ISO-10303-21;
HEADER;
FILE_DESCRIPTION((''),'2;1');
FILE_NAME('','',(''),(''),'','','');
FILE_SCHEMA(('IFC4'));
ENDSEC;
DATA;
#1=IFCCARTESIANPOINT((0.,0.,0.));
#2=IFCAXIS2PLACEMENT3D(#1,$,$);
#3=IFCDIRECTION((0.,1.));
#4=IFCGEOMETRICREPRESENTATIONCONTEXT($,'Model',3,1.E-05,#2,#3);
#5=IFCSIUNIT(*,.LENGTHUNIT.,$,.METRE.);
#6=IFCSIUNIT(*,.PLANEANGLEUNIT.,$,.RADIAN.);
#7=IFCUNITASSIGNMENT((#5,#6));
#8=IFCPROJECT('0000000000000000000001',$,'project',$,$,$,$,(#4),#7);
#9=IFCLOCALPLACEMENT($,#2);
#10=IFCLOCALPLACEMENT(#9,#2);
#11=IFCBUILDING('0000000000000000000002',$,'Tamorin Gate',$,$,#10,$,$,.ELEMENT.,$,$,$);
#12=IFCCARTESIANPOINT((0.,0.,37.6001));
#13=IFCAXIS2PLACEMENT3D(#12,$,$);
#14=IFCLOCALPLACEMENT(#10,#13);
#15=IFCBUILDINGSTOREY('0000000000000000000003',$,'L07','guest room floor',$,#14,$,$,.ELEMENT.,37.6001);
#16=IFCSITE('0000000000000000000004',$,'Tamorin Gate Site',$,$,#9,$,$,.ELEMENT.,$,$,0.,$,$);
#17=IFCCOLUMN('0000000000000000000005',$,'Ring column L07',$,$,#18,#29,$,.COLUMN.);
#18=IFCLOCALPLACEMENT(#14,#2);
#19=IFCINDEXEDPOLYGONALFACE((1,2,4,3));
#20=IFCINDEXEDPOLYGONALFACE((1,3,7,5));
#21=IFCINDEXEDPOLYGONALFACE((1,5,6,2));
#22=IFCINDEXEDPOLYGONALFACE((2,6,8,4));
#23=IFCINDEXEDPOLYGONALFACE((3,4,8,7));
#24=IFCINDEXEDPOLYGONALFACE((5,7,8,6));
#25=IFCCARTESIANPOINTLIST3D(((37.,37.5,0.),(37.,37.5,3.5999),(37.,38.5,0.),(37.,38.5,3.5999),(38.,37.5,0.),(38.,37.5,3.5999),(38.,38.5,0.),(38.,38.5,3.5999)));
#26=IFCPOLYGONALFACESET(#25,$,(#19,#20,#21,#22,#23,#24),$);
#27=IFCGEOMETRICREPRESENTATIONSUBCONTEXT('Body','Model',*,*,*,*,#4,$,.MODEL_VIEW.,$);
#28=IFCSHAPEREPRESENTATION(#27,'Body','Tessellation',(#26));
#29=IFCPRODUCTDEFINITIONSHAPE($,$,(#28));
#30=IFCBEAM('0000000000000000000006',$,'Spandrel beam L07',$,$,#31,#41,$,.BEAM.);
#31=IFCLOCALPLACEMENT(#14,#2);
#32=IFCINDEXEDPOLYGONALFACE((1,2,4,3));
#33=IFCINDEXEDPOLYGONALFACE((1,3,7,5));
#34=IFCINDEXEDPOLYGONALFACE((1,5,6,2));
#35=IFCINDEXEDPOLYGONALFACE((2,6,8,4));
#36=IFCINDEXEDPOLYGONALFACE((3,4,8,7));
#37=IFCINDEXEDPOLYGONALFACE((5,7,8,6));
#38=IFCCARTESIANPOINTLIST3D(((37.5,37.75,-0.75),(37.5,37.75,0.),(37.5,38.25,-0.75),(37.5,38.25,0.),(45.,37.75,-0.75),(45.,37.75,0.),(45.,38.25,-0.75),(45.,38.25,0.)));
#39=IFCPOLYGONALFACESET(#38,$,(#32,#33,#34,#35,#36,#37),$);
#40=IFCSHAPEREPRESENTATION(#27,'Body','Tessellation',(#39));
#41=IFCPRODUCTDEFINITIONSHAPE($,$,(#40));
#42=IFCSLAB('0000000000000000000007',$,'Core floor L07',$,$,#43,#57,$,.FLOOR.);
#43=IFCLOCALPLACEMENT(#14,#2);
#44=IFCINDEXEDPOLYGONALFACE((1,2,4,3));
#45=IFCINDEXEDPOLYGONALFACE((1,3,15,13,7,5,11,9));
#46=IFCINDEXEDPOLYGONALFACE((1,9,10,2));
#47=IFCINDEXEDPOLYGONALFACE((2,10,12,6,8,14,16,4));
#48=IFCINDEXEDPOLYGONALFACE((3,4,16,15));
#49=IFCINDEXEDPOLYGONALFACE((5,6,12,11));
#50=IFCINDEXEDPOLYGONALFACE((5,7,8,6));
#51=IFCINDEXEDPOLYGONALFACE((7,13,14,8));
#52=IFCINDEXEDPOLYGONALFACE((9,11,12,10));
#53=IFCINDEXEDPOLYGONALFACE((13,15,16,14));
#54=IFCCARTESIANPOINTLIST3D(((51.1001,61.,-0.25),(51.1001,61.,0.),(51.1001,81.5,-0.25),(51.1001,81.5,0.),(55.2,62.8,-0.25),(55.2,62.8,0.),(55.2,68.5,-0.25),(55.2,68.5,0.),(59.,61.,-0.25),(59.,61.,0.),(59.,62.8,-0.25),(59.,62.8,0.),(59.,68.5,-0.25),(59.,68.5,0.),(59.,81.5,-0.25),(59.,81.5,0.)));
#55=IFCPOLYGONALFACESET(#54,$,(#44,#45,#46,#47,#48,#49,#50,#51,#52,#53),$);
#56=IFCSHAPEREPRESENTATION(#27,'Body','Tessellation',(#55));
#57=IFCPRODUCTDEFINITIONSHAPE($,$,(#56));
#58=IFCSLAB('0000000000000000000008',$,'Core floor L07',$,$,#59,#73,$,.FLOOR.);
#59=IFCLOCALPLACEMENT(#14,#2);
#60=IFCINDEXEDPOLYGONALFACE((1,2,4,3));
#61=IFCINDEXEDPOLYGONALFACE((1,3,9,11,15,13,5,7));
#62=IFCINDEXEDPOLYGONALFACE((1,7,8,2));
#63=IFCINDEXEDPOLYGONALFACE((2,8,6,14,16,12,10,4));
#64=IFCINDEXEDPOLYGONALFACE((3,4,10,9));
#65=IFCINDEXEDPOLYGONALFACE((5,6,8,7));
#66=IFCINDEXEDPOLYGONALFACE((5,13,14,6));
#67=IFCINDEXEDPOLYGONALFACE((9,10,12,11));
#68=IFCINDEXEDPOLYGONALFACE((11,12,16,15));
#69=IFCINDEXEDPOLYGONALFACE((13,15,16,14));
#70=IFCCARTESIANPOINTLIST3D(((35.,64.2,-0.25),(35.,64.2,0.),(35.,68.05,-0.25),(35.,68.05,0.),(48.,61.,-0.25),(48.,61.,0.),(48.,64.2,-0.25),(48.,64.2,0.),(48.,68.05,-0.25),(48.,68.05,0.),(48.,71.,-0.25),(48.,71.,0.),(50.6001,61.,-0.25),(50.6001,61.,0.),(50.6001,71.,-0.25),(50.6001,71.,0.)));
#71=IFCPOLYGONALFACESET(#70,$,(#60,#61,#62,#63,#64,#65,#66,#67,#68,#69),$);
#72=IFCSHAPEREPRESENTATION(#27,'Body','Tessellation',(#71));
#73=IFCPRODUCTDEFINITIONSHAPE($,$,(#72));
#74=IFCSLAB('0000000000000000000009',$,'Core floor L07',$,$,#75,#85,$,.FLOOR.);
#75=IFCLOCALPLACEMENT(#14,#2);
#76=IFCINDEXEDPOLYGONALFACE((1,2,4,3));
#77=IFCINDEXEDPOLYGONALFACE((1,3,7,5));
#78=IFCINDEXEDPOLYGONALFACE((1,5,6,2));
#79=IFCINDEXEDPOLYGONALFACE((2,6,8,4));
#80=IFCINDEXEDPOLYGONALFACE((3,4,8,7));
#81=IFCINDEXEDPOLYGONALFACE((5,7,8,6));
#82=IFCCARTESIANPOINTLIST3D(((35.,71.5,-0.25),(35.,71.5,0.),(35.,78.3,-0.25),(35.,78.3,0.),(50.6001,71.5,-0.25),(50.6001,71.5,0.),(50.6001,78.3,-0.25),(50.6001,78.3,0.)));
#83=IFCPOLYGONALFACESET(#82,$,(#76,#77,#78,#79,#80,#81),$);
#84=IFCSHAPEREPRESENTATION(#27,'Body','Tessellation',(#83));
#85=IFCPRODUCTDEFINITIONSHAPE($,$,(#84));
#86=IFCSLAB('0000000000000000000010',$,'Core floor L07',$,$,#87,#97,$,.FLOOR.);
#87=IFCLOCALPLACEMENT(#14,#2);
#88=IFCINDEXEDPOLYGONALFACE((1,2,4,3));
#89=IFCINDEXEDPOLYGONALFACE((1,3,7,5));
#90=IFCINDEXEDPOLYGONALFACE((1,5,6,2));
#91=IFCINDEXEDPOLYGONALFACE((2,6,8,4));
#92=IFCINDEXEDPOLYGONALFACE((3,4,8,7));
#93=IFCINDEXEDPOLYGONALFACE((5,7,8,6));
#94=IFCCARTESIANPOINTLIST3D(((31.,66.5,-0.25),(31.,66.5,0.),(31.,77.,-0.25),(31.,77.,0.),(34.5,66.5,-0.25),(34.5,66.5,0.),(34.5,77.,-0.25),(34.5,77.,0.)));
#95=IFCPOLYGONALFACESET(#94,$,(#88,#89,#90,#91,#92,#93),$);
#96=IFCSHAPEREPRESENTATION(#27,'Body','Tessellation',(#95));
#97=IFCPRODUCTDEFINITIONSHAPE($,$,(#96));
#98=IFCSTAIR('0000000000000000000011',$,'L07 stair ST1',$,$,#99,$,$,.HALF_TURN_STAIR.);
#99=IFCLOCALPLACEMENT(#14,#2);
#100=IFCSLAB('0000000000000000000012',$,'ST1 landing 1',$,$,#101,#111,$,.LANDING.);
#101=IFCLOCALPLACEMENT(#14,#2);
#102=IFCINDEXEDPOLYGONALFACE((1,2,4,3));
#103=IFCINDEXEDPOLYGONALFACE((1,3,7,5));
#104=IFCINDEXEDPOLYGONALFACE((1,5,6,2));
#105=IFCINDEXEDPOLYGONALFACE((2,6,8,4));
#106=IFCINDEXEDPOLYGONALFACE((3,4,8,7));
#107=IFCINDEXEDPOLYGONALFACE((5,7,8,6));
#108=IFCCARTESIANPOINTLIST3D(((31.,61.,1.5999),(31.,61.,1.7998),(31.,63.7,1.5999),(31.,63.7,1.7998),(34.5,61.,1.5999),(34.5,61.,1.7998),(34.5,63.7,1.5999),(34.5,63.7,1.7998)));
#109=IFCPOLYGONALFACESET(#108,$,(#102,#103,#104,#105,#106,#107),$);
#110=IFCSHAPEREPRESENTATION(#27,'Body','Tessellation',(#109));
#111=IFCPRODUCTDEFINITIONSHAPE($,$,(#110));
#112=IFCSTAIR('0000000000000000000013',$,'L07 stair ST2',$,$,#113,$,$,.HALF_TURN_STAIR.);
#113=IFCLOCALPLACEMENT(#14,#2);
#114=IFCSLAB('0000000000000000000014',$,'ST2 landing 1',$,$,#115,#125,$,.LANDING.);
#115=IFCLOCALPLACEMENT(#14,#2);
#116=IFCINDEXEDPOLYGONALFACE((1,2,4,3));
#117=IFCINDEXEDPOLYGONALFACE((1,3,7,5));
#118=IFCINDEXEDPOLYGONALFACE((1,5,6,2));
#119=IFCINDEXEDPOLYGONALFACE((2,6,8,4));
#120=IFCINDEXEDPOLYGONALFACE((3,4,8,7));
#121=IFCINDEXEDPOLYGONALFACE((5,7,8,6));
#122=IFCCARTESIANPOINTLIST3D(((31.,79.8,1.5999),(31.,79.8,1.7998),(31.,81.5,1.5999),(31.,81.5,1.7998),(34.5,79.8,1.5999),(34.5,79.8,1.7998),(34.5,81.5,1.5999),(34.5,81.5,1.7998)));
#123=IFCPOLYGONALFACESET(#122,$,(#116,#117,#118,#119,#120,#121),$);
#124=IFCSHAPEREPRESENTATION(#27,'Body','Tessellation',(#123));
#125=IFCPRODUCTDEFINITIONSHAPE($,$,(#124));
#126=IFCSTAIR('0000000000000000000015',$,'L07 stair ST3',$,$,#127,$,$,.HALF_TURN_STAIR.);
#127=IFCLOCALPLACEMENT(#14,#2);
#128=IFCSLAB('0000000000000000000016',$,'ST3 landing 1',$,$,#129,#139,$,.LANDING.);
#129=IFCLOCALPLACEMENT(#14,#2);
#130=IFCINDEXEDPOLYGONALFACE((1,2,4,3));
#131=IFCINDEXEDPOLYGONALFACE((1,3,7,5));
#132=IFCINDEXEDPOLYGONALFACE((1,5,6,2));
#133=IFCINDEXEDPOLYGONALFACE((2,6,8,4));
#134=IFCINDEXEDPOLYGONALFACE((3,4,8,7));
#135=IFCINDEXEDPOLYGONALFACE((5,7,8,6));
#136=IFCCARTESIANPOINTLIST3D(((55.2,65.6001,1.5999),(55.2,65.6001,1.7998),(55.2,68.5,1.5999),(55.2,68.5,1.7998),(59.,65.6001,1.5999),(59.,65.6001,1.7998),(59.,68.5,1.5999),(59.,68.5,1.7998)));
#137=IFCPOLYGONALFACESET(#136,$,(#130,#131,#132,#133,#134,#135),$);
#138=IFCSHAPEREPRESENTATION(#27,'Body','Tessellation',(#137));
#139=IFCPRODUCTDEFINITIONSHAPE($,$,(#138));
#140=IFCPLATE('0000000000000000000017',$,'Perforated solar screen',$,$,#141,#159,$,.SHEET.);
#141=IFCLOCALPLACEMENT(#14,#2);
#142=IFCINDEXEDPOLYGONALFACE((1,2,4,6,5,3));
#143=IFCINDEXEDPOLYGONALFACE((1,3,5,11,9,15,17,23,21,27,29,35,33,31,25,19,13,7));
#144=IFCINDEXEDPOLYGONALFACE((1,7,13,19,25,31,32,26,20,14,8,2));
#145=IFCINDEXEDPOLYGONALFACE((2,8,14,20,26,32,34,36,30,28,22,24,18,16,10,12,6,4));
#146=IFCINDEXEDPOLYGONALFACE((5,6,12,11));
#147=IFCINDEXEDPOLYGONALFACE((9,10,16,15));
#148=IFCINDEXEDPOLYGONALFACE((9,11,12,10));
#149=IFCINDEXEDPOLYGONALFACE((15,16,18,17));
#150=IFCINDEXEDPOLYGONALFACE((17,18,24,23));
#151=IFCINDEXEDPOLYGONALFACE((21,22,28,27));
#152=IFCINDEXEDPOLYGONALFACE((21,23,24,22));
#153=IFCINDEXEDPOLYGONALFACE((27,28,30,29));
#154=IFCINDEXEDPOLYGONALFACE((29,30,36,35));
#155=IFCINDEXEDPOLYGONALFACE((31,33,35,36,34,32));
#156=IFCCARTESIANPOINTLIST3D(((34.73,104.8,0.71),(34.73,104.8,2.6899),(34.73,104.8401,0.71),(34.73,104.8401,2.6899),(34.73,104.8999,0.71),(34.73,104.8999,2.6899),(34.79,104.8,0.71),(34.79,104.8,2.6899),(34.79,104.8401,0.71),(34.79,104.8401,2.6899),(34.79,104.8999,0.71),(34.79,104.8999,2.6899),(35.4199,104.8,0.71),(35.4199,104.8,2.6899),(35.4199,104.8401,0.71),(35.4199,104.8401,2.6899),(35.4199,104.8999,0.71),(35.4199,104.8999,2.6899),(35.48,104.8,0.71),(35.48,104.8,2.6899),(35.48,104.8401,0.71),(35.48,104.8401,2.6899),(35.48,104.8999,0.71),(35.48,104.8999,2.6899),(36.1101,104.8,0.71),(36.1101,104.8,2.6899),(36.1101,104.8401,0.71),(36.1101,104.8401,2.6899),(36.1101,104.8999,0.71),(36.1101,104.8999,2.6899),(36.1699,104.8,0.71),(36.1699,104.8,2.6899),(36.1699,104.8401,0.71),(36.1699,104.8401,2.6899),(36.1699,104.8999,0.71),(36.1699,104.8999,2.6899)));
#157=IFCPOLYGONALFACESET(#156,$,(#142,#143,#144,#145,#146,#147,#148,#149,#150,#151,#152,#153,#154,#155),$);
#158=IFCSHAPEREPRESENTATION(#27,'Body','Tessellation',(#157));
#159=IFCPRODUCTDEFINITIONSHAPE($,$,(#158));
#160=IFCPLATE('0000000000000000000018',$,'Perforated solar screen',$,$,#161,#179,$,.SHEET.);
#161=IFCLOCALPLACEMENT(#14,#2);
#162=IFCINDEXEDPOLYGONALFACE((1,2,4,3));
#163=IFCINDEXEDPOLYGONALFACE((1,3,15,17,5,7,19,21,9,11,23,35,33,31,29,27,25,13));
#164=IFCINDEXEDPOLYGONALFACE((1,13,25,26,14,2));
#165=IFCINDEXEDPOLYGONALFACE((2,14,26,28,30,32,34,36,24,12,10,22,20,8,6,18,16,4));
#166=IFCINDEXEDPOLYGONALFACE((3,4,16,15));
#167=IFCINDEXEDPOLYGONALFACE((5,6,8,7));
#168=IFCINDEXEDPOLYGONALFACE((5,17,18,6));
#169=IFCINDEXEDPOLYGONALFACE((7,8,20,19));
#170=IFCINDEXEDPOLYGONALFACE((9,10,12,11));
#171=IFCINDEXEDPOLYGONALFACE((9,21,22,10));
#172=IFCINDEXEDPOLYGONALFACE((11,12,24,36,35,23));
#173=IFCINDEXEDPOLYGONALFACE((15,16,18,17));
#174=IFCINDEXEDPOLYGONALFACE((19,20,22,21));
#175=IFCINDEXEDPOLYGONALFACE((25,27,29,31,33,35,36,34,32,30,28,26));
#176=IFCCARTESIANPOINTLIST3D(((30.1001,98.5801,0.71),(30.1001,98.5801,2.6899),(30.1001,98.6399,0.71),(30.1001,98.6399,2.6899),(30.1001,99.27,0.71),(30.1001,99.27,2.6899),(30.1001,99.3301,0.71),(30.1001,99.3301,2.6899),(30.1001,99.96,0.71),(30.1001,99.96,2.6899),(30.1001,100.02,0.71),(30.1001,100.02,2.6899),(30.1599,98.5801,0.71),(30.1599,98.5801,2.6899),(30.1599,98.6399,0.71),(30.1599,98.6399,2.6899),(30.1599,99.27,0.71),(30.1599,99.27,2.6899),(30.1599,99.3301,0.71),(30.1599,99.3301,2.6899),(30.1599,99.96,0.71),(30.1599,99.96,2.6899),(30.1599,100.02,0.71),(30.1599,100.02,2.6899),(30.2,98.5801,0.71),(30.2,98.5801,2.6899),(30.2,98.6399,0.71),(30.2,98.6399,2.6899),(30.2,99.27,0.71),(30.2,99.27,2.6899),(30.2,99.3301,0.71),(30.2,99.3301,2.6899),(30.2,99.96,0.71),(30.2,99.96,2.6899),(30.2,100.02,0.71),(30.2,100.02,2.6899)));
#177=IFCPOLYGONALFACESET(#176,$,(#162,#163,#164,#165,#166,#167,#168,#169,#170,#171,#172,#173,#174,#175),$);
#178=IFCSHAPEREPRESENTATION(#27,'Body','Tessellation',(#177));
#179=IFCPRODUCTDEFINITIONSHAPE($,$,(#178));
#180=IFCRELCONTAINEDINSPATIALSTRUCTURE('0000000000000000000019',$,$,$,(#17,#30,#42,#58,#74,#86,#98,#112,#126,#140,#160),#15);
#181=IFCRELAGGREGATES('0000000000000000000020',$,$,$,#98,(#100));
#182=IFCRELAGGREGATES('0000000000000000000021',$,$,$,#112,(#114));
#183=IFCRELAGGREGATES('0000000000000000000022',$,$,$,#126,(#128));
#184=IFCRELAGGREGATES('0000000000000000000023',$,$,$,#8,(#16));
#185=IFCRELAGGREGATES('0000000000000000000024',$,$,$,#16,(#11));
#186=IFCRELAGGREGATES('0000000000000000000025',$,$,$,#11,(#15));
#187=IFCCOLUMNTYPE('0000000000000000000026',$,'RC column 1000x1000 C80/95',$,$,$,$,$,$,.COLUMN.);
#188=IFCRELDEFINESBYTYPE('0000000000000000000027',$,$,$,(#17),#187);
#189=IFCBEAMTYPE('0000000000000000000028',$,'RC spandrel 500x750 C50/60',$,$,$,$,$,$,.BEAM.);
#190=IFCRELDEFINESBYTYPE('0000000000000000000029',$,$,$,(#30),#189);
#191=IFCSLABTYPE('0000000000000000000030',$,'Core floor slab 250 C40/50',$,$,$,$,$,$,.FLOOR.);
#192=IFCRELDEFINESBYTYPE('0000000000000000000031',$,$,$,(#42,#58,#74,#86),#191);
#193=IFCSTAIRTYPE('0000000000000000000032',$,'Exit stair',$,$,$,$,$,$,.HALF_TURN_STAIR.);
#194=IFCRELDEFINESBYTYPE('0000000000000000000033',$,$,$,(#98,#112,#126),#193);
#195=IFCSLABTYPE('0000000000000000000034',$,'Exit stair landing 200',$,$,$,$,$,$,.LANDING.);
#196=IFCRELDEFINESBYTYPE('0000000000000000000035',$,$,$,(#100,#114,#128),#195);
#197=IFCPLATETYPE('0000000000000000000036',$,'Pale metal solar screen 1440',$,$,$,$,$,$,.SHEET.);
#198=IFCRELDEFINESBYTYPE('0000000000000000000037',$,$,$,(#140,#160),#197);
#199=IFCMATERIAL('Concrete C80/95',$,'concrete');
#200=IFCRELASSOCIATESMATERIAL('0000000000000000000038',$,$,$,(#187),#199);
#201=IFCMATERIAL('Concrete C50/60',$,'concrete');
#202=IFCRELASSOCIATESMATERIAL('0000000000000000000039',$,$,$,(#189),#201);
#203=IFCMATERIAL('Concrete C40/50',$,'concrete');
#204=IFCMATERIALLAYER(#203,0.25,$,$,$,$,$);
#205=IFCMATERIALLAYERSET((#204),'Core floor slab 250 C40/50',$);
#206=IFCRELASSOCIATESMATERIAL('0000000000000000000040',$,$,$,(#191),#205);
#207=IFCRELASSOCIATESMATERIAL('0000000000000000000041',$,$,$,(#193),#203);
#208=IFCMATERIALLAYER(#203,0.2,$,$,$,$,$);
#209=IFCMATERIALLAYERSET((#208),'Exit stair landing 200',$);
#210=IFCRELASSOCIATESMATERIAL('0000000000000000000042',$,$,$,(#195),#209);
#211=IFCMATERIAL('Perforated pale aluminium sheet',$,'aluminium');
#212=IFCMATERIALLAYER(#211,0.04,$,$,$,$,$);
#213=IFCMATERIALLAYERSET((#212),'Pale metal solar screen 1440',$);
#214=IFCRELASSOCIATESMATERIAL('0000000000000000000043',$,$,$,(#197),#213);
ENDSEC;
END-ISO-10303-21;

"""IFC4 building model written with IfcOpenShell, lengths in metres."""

from ifc_helpers import new_model, si_unit, direction, frame, origin, origin_2d, place, context, subcontext, project, spatial, polyline, rectangle, outline, extrude, material, layer, layer_set, material_profile, profile_set, type_object, element, aggregate, save


model = new_model("IFC4")

# Units and contexts
model_context = context("Model", 3, precision=1e-05, world=origin(), true_north=direction((0.0, 1.0)))
body_context = subcontext(model_context, "Body", "Model", "MODEL_VIEW")
ifc_project = project(units=[si_unit("LENGTHUNIT", "METRE"), si_unit("PLANEANGLEUNIT", "RADIAN")], contexts=[model_context])

# Site, building, storey
site_placement = place(None, origin())
site = spatial("IfcSite", under=ifc_project, at=site_placement, Name="Tamorin Gate Site", CompositionType="ELEMENT", RefElevation=0.0)
building_placement = place(site_placement, origin())
building = spatial("IfcBuilding", under=site, at=building_placement, Name="Tamorin Gate", CompositionType="ELEMENT")
storey_placement = place(building_placement, frame((0.0, 0.0, 37.6001)))
storey = spatial("IfcBuildingStorey", under=building, at=storey_placement, Name="L07", Description="guest room floor", CompositionType="ELEMENT", Elevation=37.6001)

# Column
ifc_material_1 = material(Name="Concrete C80/95", Category="concrete")
ifc_material_profile_1 = material_profile(ifc_material_1, rectangle(XDim=1.0, YDim=1.0, at=origin_2d()), Name="RC 1000x1000")
ifc_profile_set_1 = profile_set([ifc_material_profile_1], Name="Concrete C80/95")
column_type = type_object("IfcColumnType", Name="RC column 1000x1000 C80/95", PredefinedType="COLUMN", material=ifc_profile_set_1)
column_placement = place(storey_placement, frame((37.5, 38.0, 0.0), z_axis=(0.0, 0.0, 1.0), x_axis=(1.0, 0.0, 0.0)))
element("IfcColumn", 1, at=column_placement, inside=storey, type_object=column_type, Name="Ring column L07", PredefinedType="COLUMN", context=body_context, shape_type="SweptSolid", body=[
    extrude(rectangle(XDim=1.0, YDim=1.0, at=origin_2d()), origin(), (0.0, 0.0, 1.0), 3.5999),
])

# Beam
ifc_material_2 = material(Name="Concrete C50/60", Category="concrete")
ifc_material_profile_2 = material_profile(ifc_material_2, rectangle(XDim=0.5, YDim=0.75, at=origin_2d()), Name="RC 500x750")
ifc_profile_set_2 = profile_set([ifc_material_profile_2], Name="Concrete C50/60")
beam_type = type_object("IfcBeamType", Name="RC spandrel 500x750 C50/60", PredefinedType="BEAM", material=ifc_profile_set_2)
beam_placement = place(storey_placement, frame((37.5, 38.0, -0.375), z_axis=(1.0, 0.0, 0.0), x_axis=(0.0, 1.0, 0.0)))
element("IfcBeam", 2, at=beam_placement, inside=storey, type_object=beam_type, Name="Spandrel beam L07", PredefinedType="BEAM", context=body_context, shape_type="SweptSolid", body=[
    extrude(rectangle(XDim=0.5, YDim=0.75, at=origin_2d()), origin(), (0.0, 0.0, 1.0), 7.5),
])

# Slabs
ifc_material_3 = material(Name="Concrete C40/50", Category="concrete")
ifc_layer_1 = layer(ifc_material_3, 0.25)
ifc_layer_set_1 = layer_set([ifc_layer_1], Name="Core floor slab 250 C40/50")
slab_type_1 = type_object("IfcSlabType", Name="Core floor slab 250 C40/50", PredefinedType="FLOOR", material=ifc_layer_set_1)
slab_1_placement = place(storey_placement, frame((0.0, 0.0, -0.25)))
element("IfcSlab", 3, at=slab_1_placement, inside=storey, type_object=slab_type_1, Name="Core floor L07", PredefinedType="FLOOR", context=body_context, shape_type="SweptSolid", body=[
    extrude(outline(polyline([(59.0, 62.8), (59.0, 61.0), (51.1001, 61.0), (51.1001, 81.5), (59.0, 81.5), (59.0, 68.5), (55.2, 68.5), (55.2, 62.8), (59.0, 62.8)])), origin(), (0.0, 0.0, 1.0), 0.25),
])
slab_2_placement = place(storey_placement, frame((0.0, 0.0, -0.25)))
element("IfcSlab", 4, at=slab_2_placement, inside=storey, type_object=slab_type_1, Name="Core floor L07", PredefinedType="FLOOR", context=body_context, shape_type="SweptSolid", body=[
    extrude(outline(polyline([(50.6001, 61.0), (48.0, 61.0), (48.0, 64.2), (35.0, 64.2), (35.0, 68.05), (48.0, 68.05), (48.0, 71.0), (50.6001, 71.0), (50.6001, 61.0)])), origin(), (0.0, 0.0, 1.0), 0.25),
])
slab_3_placement = place(storey_placement, frame((0.0, 0.0, -0.25)))
element("IfcSlab", 5, at=slab_3_placement, inside=storey, type_object=slab_type_1, Name="Core floor L07", PredefinedType="FLOOR", context=body_context, shape_type="SweptSolid", body=[
    extrude(outline(polyline([(50.6001, 71.5), (35.0, 71.5), (35.0, 78.3), (50.6001, 78.3), (50.6001, 71.5)])), origin(), (0.0, 0.0, 1.0), 0.25),
])
slab_4_placement = place(storey_placement, frame((0.0, 0.0, -0.25)))
element("IfcSlab", 6, at=slab_4_placement, inside=storey, type_object=slab_type_1, Name="Core floor L07", PredefinedType="FLOOR", context=body_context, shape_type="SweptSolid", body=[
    extrude(outline(polyline([(31.0, 66.5), (31.0, 77.0), (34.5, 77.0), (34.5, 66.5), (31.0, 66.5)])), origin(), (0.0, 0.0, 1.0), 0.25),
])

# Stairs, slabs
stair_type = type_object("IfcStairType", Name="Exit stair", PredefinedType="HALF_TURN_STAIR", material=ifc_material_3)
stair_1_placement = place(storey_placement, origin())
stair_1 = element("IfcStair", 7, at=stair_1_placement, inside=storey, type_object=stair_type, Name="L07 stair ST1", PredefinedType="HALF_TURN_STAIR")
ifc_layer_2 = layer(ifc_material_3, 0.2)
ifc_layer_set_2 = layer_set([ifc_layer_2], Name="Exit stair landing 200")
slab_type_2 = type_object("IfcSlabType", Name="Exit stair landing 200", PredefinedType="LANDING", material=ifc_layer_set_2)
slab_5_placement = place(storey_placement, frame((0.0, 0.0, 1.5999)))
slab_5 = element("IfcSlab", 8, at=slab_5_placement, type_object=slab_type_2, Name="ST1 landing 1", PredefinedType="LANDING", context=body_context, shape_type="SweptSolid", body=[
    extrude(outline(polyline([(31.0, 63.7), (31.0, 61.0), (34.5, 61.0), (34.5, 63.7), (31.0, 63.7)])), origin(), (0.0, 0.0, 1.0), 0.2),
])
aggregate(stair_1, [slab_5])
stair_2_placement = place(storey_placement, origin())
stair_2 = element("IfcStair", 9, at=stair_2_placement, inside=storey, type_object=stair_type, Name="L07 stair ST2", PredefinedType="HALF_TURN_STAIR")
slab_6_placement = place(storey_placement, frame((0.0, 0.0, 1.5999)))
slab_6 = element("IfcSlab", 10, at=slab_6_placement, type_object=slab_type_2, Name="ST2 landing 1", PredefinedType="LANDING", context=body_context, shape_type="SweptSolid", body=[
    extrude(outline(polyline([(34.5, 79.8), (34.5, 81.5), (31.0, 81.5), (31.0, 79.8), (34.5, 79.8)])), origin(), (0.0, 0.0, 1.0), 0.2),
])
aggregate(stair_2, [slab_6])
stair_3_placement = place(storey_placement, origin())
stair_3 = element("IfcStair", 11, at=stair_3_placement, inside=storey, type_object=stair_type, Name="L07 stair ST3", PredefinedType="HALF_TURN_STAIR")
slab_7_placement = place(storey_placement, frame((0.0, 0.0, 1.5999)))
slab_7 = element("IfcSlab", 12, at=slab_7_placement, type_object=slab_type_2, Name="ST3 landing 1", PredefinedType="LANDING", context=body_context, shape_type="SweptSolid", body=[
    extrude(outline(polyline([(59.0, 65.6001), (59.0, 68.5), (55.2, 68.5), (55.2, 65.6001), (59.0, 65.6001)])), origin(), (0.0, 0.0, 1.0), 0.2),
])
aggregate(stair_3, [slab_7])

# Plates
ifc_material_4 = material(Name="Perforated pale aluminium sheet", Category="aluminium")
ifc_layer_3 = layer(ifc_material_4, 0.04)
ifc_layer_set_3 = layer_set([ifc_layer_3], Name="Pale metal solar screen 1440")
plate_type = type_object("IfcPlateType", Name="Pale metal solar screen 1440", PredefinedType="SHEET", material=ifc_layer_set_3)
plate_1_placement = place(storey_placement, frame((0.0, 0.0, 0.71)))
element("IfcPlate", 13, at=plate_1_placement, inside=storey, type_object=plate_type, Name="Perforated solar screen", PredefinedType="SHEET", context=body_context, shape_type="SweptSolid", body=[
    extrude(outline(polyline([(36.1699, 104.8401), (36.1699, 104.8), (36.1101, 104.8), (35.48, 104.8), (35.4199, 104.8), (34.79, 104.8), (34.73, 104.8), (34.73, 104.8401), (34.73, 104.8999), (34.79, 104.8999), (34.79, 104.8401), (35.4199, 104.8401), (35.4199, 104.8999), (35.48, 104.8999), (35.48, 104.8401), (36.1101, 104.8401), (36.1101, 104.8999), (36.1699, 104.8999), (36.1699, 104.8401)])), origin(), (0.0, 0.0, 1.0), 1.98),
])
plate_2_placement = place(storey_placement, frame((0.0, 0.0, 0.71)))
element("IfcPlate", 14, at=plate_2_placement, inside=storey, type_object=plate_type, Name="Perforated solar screen", PredefinedType="SHEET", context=body_context, shape_type="SweptSolid", body=[
    extrude(outline(polyline([(30.1599, 100.02), (30.2, 100.02), (30.2, 99.96), (30.2, 99.3301), (30.2, 99.27), (30.2, 98.6399), (30.2, 98.5801), (30.1599, 98.5801), (30.1001, 98.5801), (30.1001, 98.6399), (30.1599, 98.6399), (30.1599, 99.27), (30.1001, 99.27), (30.1001, 99.3301), (30.1599, 99.3301), (30.1599, 99.96), (30.1001, 99.96), (30.1001, 100.02), (30.1599, 100.02)])), origin(), (0.0, 0.0, 1.0), 1.98),
])

save(model, "model.ifc")
